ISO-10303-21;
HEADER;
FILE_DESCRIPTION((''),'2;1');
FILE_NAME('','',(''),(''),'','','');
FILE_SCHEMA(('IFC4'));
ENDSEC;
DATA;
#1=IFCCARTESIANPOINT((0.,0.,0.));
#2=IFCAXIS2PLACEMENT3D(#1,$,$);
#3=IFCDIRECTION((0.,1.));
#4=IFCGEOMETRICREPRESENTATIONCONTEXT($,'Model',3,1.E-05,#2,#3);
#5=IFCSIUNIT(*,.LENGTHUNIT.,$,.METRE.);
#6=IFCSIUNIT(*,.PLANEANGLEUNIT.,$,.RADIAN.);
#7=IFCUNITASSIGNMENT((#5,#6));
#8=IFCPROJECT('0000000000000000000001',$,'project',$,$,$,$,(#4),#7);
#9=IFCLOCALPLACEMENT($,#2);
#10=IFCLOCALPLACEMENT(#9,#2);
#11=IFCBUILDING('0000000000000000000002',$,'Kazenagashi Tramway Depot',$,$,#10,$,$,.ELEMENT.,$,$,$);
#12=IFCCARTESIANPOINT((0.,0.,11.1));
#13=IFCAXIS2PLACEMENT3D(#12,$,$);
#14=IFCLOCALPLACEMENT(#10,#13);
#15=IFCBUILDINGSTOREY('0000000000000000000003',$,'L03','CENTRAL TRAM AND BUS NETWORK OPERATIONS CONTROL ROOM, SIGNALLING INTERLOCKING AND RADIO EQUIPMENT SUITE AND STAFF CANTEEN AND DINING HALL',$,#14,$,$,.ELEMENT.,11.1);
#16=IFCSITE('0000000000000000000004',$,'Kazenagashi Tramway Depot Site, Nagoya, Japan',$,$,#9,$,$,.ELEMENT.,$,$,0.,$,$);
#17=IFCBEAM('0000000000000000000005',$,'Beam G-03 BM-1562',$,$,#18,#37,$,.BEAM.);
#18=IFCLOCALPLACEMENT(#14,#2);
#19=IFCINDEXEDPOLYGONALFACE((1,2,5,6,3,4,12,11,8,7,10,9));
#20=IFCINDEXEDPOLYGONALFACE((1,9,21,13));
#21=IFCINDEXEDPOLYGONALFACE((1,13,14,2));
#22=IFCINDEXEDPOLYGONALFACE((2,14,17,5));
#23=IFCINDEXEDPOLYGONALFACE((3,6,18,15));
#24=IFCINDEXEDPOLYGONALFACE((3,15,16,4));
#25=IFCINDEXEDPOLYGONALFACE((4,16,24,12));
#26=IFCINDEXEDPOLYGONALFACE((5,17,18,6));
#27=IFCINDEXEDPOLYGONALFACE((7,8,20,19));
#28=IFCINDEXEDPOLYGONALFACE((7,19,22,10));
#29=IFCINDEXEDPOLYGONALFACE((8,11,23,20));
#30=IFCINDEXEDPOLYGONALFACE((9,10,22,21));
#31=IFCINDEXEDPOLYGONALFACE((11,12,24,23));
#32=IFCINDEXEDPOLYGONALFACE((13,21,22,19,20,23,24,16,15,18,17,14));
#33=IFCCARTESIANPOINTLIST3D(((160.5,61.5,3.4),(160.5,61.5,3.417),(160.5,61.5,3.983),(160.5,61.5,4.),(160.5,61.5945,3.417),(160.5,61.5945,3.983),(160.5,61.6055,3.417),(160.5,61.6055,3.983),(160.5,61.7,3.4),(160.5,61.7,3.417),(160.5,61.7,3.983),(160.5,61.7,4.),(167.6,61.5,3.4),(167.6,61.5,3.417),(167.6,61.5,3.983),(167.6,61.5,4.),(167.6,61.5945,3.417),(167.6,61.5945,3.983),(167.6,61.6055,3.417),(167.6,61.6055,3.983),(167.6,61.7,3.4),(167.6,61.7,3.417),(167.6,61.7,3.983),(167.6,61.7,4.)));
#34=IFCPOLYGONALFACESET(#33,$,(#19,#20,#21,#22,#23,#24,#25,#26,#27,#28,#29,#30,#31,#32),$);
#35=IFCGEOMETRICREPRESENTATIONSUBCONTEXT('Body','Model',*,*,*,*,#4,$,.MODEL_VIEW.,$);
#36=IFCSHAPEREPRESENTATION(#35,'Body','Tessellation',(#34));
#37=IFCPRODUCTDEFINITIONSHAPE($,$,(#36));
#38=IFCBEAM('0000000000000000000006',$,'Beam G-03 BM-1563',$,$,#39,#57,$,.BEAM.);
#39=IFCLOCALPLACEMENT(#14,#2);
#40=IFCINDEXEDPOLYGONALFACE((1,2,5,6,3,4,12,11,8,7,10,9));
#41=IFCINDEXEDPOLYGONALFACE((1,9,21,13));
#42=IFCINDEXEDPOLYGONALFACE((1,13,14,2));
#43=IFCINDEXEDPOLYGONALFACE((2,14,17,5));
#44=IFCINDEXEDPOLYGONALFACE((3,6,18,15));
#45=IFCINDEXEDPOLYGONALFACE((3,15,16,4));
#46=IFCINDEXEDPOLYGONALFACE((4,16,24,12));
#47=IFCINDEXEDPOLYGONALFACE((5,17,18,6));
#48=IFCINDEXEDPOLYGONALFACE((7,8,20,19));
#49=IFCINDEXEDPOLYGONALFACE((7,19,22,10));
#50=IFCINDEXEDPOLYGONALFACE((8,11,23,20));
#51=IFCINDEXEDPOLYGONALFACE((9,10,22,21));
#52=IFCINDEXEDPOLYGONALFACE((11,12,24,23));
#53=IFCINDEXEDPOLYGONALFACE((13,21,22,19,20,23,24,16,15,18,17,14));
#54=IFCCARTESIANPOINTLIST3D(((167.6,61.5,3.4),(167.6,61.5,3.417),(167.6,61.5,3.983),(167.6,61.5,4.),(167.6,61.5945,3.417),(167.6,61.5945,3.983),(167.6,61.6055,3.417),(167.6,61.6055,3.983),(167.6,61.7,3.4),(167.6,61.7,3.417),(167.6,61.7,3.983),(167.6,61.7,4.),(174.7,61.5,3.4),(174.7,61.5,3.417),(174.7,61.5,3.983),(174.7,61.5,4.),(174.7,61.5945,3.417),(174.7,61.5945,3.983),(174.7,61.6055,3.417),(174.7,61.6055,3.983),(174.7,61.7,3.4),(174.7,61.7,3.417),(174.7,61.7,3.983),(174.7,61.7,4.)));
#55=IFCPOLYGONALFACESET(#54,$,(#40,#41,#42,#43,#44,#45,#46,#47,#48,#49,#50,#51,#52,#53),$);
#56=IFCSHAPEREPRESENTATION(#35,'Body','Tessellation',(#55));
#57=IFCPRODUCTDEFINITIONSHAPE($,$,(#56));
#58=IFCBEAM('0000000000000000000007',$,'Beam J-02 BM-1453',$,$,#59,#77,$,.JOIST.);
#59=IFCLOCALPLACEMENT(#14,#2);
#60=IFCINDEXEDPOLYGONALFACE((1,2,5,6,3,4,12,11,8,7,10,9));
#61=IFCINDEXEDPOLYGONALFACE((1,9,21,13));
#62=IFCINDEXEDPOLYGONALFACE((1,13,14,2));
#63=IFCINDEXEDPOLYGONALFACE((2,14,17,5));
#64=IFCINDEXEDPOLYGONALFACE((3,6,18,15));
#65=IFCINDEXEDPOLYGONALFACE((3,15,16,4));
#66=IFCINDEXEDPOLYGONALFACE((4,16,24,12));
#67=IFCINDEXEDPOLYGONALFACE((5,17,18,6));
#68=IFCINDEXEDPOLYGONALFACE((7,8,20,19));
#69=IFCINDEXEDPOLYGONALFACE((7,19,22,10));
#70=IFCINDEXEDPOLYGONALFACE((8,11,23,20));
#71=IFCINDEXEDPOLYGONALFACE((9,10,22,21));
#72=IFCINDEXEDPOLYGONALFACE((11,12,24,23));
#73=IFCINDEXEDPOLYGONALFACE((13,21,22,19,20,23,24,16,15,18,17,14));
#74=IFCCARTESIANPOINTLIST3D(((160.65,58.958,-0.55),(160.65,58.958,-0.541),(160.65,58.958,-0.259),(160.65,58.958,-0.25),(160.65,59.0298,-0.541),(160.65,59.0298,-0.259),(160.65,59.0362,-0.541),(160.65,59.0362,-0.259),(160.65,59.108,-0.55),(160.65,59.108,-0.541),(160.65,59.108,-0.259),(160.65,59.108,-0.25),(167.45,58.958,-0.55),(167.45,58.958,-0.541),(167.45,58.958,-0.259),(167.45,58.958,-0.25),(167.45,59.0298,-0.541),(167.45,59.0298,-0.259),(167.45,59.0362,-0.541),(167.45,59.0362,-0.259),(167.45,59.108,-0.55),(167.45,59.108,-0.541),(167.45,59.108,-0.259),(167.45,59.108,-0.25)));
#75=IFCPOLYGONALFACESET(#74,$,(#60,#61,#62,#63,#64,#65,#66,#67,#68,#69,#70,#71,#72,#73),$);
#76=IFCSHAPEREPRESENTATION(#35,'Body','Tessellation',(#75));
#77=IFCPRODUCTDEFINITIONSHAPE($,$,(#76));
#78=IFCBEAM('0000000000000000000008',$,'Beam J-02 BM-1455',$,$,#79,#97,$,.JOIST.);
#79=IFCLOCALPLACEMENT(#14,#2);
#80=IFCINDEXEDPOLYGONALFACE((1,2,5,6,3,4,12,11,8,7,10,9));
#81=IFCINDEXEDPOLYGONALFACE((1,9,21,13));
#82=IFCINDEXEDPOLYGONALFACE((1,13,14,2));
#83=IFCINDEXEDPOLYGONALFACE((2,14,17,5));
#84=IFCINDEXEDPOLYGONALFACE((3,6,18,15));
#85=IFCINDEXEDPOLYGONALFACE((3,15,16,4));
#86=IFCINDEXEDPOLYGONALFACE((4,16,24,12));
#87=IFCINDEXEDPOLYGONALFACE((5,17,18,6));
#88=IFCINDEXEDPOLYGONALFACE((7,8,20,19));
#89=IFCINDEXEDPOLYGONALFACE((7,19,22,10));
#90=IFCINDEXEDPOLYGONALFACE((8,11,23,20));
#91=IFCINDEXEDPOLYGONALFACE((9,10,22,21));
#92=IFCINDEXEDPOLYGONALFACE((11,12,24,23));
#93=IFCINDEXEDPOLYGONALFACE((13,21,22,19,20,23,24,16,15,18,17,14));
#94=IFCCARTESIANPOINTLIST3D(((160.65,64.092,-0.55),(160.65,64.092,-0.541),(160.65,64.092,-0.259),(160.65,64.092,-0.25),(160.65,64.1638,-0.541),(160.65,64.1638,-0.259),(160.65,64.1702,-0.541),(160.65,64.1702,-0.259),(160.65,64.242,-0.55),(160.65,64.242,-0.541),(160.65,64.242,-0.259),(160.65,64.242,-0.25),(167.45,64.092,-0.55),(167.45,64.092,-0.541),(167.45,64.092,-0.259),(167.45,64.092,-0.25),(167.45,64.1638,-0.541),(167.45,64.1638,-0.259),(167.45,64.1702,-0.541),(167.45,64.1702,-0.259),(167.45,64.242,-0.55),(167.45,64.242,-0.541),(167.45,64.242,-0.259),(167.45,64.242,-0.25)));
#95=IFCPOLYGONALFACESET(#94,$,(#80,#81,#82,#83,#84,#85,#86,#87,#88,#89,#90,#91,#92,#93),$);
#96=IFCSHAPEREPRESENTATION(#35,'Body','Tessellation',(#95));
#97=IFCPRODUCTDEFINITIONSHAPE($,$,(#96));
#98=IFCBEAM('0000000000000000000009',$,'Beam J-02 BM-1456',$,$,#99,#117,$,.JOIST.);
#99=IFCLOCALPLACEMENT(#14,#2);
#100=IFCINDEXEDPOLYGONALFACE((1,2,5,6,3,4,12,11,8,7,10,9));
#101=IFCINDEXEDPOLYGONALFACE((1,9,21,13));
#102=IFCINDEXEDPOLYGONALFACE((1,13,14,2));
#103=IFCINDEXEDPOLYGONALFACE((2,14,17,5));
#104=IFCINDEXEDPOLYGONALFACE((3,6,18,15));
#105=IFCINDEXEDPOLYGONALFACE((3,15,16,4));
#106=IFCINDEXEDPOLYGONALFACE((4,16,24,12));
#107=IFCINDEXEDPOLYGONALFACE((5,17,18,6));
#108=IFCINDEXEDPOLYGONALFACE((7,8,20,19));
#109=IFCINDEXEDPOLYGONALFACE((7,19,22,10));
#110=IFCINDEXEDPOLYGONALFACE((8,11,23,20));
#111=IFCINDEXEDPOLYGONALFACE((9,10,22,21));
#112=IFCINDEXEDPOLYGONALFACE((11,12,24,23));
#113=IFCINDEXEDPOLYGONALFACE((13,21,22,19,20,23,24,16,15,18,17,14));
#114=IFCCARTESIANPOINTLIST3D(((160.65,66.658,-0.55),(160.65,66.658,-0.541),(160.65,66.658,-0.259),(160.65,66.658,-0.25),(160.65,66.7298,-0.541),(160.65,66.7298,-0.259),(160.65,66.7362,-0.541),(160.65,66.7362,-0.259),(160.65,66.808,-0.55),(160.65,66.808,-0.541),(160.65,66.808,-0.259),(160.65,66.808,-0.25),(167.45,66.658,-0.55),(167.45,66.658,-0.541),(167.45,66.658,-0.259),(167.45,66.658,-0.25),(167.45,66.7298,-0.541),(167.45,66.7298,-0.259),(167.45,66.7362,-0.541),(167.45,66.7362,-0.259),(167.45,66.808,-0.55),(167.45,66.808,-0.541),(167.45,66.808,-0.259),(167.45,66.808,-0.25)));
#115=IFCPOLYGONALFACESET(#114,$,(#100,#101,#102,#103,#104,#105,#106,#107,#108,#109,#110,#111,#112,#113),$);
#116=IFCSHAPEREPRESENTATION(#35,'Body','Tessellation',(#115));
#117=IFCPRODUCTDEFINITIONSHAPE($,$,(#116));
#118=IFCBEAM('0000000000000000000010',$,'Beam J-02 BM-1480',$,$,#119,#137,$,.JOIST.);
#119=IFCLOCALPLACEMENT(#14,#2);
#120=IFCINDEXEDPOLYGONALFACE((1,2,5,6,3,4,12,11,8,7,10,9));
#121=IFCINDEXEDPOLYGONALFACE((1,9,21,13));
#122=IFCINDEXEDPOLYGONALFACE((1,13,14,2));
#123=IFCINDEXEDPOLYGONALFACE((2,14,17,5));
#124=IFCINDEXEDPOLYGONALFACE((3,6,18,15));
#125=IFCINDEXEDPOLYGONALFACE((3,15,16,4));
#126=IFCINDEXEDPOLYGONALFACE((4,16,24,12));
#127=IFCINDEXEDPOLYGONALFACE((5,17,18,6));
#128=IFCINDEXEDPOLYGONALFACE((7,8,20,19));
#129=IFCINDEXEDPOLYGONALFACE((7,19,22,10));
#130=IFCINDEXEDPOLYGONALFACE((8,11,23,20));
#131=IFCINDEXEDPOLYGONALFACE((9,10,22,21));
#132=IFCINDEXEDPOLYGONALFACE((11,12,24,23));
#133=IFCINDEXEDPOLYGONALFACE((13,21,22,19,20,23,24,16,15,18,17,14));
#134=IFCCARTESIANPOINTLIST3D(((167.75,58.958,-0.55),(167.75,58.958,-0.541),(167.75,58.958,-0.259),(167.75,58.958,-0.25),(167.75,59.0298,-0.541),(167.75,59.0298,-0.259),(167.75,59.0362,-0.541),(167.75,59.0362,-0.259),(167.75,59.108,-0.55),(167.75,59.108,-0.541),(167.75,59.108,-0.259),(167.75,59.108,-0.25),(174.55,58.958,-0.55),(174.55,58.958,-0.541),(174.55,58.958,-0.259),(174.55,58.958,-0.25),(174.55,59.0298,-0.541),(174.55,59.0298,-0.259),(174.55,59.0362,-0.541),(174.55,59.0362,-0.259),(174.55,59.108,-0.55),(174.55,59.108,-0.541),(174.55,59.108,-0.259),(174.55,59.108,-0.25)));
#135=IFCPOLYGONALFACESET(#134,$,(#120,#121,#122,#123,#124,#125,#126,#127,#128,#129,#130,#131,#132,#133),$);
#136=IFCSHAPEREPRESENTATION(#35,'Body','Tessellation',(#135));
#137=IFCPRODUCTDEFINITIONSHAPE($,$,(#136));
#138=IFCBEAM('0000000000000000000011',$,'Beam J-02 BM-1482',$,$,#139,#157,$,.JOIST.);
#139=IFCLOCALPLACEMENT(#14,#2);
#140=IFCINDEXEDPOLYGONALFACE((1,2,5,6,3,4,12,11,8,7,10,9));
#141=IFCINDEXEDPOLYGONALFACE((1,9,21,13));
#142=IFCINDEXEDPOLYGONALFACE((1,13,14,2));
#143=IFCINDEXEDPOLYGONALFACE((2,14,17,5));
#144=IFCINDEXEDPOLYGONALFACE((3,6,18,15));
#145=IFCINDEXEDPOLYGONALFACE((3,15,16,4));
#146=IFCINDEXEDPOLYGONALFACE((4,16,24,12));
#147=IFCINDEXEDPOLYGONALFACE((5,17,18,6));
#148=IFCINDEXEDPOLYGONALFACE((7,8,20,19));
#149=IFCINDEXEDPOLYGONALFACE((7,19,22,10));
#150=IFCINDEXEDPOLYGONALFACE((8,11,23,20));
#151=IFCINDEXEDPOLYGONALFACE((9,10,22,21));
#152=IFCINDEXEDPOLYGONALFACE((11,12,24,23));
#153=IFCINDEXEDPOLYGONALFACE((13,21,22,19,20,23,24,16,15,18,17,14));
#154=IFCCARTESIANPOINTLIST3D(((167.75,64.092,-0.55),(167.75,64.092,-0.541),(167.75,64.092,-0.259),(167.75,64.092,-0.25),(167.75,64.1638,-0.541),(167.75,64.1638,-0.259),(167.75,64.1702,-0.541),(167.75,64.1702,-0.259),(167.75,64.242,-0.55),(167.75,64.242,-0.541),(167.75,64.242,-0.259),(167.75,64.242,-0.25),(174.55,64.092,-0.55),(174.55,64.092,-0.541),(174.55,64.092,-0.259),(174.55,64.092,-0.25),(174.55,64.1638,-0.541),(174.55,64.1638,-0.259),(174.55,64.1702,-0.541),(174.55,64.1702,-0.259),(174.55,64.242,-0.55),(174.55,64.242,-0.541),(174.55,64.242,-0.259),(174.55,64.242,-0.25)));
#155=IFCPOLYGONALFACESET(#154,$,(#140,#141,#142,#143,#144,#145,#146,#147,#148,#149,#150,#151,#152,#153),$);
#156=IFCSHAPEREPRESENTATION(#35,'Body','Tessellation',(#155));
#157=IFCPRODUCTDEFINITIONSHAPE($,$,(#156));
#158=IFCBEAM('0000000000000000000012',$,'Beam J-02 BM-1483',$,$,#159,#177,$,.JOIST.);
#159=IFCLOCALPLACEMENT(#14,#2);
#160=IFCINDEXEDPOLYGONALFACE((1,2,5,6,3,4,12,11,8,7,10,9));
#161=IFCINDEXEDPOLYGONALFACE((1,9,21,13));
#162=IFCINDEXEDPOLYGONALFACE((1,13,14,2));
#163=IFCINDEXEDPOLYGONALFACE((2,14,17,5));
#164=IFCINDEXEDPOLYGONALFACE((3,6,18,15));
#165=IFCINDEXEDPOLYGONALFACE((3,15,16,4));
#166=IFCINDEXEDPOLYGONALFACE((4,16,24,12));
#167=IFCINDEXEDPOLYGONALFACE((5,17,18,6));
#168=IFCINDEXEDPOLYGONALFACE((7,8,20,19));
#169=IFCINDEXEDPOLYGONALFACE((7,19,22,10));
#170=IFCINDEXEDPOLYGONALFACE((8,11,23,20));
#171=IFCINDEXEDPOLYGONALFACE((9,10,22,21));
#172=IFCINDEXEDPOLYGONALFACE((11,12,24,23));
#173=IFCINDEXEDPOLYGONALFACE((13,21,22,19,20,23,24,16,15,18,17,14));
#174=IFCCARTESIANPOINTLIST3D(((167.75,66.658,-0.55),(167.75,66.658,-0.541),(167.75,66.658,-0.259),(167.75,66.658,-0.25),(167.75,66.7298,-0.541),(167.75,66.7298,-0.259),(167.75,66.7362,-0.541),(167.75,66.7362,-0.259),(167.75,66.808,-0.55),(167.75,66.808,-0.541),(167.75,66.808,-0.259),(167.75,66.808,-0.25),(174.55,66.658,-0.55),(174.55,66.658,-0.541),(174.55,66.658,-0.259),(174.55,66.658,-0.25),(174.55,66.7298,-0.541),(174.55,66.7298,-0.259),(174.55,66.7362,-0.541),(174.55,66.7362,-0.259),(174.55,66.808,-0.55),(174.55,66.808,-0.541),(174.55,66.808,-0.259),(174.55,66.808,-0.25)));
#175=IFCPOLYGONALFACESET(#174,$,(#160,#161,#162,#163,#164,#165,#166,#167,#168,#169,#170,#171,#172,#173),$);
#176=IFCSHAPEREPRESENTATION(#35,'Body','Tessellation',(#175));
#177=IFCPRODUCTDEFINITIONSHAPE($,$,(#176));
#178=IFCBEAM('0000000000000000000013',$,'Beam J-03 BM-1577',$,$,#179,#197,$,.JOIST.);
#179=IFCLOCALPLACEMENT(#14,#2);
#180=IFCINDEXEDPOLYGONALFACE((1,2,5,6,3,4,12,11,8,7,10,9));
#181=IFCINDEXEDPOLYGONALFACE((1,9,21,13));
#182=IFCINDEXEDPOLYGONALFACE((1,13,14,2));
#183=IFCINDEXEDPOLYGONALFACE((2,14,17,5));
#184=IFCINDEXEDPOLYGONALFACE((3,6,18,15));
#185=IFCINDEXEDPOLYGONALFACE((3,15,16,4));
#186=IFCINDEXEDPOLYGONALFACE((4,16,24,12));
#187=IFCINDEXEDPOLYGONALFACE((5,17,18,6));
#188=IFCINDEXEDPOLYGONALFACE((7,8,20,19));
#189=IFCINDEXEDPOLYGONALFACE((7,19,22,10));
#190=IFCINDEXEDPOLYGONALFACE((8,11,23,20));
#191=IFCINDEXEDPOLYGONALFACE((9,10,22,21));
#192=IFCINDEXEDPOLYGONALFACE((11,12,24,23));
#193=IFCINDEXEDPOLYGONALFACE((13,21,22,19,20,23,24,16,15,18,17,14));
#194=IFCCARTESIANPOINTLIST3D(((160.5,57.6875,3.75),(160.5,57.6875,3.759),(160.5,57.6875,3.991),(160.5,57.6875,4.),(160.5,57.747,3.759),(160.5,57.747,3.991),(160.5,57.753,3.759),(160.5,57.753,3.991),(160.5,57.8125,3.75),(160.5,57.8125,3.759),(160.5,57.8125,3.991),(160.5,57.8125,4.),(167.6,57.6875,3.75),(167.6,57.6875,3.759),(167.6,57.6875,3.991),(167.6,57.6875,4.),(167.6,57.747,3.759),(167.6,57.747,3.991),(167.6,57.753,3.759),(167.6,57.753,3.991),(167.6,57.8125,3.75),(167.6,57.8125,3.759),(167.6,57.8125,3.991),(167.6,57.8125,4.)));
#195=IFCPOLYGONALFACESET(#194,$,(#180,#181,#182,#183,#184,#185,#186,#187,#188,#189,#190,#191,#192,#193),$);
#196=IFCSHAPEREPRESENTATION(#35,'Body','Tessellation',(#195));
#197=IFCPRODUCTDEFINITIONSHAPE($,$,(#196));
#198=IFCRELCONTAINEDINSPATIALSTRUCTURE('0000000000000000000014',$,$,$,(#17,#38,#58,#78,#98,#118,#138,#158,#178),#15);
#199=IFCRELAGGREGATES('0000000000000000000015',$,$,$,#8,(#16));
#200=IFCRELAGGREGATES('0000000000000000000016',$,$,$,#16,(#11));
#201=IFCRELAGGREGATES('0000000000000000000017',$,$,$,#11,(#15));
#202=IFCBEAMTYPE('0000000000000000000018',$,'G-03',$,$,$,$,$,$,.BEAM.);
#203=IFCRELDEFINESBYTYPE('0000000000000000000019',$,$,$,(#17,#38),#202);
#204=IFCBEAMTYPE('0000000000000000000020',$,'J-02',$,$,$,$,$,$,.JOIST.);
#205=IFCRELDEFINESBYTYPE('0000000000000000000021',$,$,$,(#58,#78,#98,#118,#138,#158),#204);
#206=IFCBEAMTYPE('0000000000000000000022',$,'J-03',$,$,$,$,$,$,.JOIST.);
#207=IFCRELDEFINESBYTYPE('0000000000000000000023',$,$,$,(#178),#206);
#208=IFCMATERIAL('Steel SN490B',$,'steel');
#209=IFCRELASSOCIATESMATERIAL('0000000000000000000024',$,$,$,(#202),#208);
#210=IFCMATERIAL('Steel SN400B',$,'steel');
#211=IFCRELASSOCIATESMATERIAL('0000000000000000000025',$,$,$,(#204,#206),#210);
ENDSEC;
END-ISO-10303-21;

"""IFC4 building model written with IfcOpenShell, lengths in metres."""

from ifc_helpers import new_model, si_unit, direction, frame, origin, origin_2d, place, context, subcontext, project, spatial, i_section, extrude, material, material_profile, profile_set, type_object, element, save


model = new_model("IFC4")

# Units and contexts
model_context = context("Model", 3, precision=1e-05, world=origin(), true_north=direction((0.0, 1.0)))
body_context = subcontext(model_context, "Body", "Model", "MODEL_VIEW")
ifc_project = project(units=[si_unit("LENGTHUNIT", "METRE"), si_unit("PLANEANGLEUNIT", "RADIAN")], contexts=[model_context])

# Site, building, storey
site_placement = place(None, origin())
site = spatial("IfcSite", under=ifc_project, at=site_placement, Name="Kazenagashi Tramway Depot Site, Nagoya, Japan", CompositionType="ELEMENT", RefElevation=0.0)
building_placement = place(site_placement, origin())
building = spatial("IfcBuilding", under=site, at=building_placement, Name="Kazenagashi Tramway Depot", CompositionType="ELEMENT")
storey_placement = place(building_placement, frame((0.0, 0.0, 11.1)))
storey = spatial("IfcBuildingStorey", under=building, at=storey_placement, Name="L03", Description="CENTRAL TRAM AND BUS NETWORK OPERATIONS CONTROL ROOM, SIGNALLING INTERLOCKING AND RADIO EQUIPMENT SUITE AND STAFF CANTEEN AND DINING HALL", CompositionType="ELEMENT", Elevation=11.1)

# Shared definitions
ifc_material_1 = material(Name="Steel SN490B", Category="steel")

# Beams
ifc_material_profile_1 = material_profile(ifc_material_1, i_section(OverallWidth=0.2, OverallDepth=0.6, WebThickness=0.011, FlangeThickness=0.017, at=origin_2d()), Name="H-600x200x11x17")
ifc_profile_set_1 = profile_set([ifc_material_profile_1], Name="Steel SN490B")
beam_type_1 = type_object("IfcBeamType", Name="G-03", PredefinedType="BEAM", material=ifc_profile_set_1)
for number, where, z_axis, x_axis, name in (
    (1, (160.5, 61.6, 3.7), (1.0, 0.0, 0.0), (0.0, 1.0, 0.0), "Beam G-03 BM-1562"),
    (2, (167.6, 61.6, 3.7), (1.0, 0.0, 0.0), (0.0, 1.0, 0.0), "Beam G-03 BM-1563"),
):
    element("IfcBeam", number, at=place(storey_placement, frame(where, z_axis=z_axis, x_axis=x_axis)), inside=storey, type_object=beam_type_1, Name=name, PredefinedType="BEAM", context=body_context, shape_type="SweptSolid", body=[
        extrude(i_section(OverallWidth=0.2, OverallDepth=0.6, WebThickness=0.011, FlangeThickness=0.017, at=origin_2d()), origin(), (0.0, 0.0, 1.0), 7.1),
    ])
ifc_material_2 = material(Name="Steel SN400B", Category="steel")
ifc_material_profile_2 = material_profile(ifc_material_2, i_section(OverallWidth=0.15, OverallDepth=0.3, WebThickness=0.0065, FlangeThickness=0.009, at=origin_2d()), Name="H-300x150x6.5x9")
ifc_profile_set_2 = profile_set([ifc_material_profile_2], Name="Steel SN400B")
beam_type_2 = type_object("IfcBeamType", Name="J-02", PredefinedType="JOIST", material=ifc_profile_set_2)
for number, where, z_axis, x_axis, name in (
    (3, (160.65, 59.033, -0.4), (1.0, 0.0, 0.0), (0.0, 1.0, 0.0), "Beam J-02 BM-1453"),
    (4, (160.65, 64.167, -0.4), (1.0, 0.0, 0.0), (0.0, 1.0, 0.0), "Beam J-02 BM-1455"),
    (5, (160.65, 66.733, -0.4), (1.0, 0.0, 0.0), (0.0, 1.0, 0.0), "Beam J-02 BM-1456"),
    (6, (167.75, 59.033, -0.4), (1.0, 0.0, 0.0), (0.0, 1.0, 0.0), "Beam J-02 BM-1480"),
    (7, (167.75, 64.167, -0.4), (1.0, 0.0, 0.0), (0.0, 1.0, 0.0), "Beam J-02 BM-1482"),
    (8, (167.75, 66.733, -0.4), (1.0, 0.0, 0.0), (0.0, 1.0, 0.0), "Beam J-02 BM-1483"),
):
    element("IfcBeam", number, at=place(storey_placement, frame(where, z_axis=z_axis, x_axis=x_axis)), inside=storey, type_object=beam_type_2, Name=name, PredefinedType="JOIST", context=body_context, shape_type="SweptSolid", body=[
        extrude(i_section(OverallWidth=0.15, OverallDepth=0.3, WebThickness=0.0065, FlangeThickness=0.009, at=origin_2d()), origin(), (0.0, 0.0, 1.0), 6.8),
    ])
ifc_material_profile_3 = material_profile(ifc_material_2, i_section(OverallWidth=0.125, OverallDepth=0.25, WebThickness=0.006, FlangeThickness=0.009, at=origin_2d()), Name="H-250x125x6x9")
ifc_profile_set_3 = profile_set([ifc_material_profile_3], Name="Steel SN400B")
beam_type_3 = type_object("IfcBeamType", Name="J-03", PredefinedType="JOIST", material=ifc_profile_set_3)
for number, where, z_axis, x_axis, name in (
    (9, (160.5, 57.75, 3.875), (1.0, 0.0, 0.0), (0.0, 1.0, 0.0), "Beam J-03 BM-1577"),
):
    element("IfcBeam", number, at=place(storey_placement, frame(where, z_axis=z_axis, x_axis=x_axis)), inside=storey, type_object=beam_type_3, Name=name, PredefinedType="JOIST", context=body_context, shape_type="SweptSolid", body=[
        extrude(i_section(OverallWidth=0.125, OverallDepth=0.25, WebThickness=0.006, FlangeThickness=0.009, at=origin_2d()), origin(), (0.0, 0.0, 1.0), 7.1),
    ])

save(model, "model.ifc")
